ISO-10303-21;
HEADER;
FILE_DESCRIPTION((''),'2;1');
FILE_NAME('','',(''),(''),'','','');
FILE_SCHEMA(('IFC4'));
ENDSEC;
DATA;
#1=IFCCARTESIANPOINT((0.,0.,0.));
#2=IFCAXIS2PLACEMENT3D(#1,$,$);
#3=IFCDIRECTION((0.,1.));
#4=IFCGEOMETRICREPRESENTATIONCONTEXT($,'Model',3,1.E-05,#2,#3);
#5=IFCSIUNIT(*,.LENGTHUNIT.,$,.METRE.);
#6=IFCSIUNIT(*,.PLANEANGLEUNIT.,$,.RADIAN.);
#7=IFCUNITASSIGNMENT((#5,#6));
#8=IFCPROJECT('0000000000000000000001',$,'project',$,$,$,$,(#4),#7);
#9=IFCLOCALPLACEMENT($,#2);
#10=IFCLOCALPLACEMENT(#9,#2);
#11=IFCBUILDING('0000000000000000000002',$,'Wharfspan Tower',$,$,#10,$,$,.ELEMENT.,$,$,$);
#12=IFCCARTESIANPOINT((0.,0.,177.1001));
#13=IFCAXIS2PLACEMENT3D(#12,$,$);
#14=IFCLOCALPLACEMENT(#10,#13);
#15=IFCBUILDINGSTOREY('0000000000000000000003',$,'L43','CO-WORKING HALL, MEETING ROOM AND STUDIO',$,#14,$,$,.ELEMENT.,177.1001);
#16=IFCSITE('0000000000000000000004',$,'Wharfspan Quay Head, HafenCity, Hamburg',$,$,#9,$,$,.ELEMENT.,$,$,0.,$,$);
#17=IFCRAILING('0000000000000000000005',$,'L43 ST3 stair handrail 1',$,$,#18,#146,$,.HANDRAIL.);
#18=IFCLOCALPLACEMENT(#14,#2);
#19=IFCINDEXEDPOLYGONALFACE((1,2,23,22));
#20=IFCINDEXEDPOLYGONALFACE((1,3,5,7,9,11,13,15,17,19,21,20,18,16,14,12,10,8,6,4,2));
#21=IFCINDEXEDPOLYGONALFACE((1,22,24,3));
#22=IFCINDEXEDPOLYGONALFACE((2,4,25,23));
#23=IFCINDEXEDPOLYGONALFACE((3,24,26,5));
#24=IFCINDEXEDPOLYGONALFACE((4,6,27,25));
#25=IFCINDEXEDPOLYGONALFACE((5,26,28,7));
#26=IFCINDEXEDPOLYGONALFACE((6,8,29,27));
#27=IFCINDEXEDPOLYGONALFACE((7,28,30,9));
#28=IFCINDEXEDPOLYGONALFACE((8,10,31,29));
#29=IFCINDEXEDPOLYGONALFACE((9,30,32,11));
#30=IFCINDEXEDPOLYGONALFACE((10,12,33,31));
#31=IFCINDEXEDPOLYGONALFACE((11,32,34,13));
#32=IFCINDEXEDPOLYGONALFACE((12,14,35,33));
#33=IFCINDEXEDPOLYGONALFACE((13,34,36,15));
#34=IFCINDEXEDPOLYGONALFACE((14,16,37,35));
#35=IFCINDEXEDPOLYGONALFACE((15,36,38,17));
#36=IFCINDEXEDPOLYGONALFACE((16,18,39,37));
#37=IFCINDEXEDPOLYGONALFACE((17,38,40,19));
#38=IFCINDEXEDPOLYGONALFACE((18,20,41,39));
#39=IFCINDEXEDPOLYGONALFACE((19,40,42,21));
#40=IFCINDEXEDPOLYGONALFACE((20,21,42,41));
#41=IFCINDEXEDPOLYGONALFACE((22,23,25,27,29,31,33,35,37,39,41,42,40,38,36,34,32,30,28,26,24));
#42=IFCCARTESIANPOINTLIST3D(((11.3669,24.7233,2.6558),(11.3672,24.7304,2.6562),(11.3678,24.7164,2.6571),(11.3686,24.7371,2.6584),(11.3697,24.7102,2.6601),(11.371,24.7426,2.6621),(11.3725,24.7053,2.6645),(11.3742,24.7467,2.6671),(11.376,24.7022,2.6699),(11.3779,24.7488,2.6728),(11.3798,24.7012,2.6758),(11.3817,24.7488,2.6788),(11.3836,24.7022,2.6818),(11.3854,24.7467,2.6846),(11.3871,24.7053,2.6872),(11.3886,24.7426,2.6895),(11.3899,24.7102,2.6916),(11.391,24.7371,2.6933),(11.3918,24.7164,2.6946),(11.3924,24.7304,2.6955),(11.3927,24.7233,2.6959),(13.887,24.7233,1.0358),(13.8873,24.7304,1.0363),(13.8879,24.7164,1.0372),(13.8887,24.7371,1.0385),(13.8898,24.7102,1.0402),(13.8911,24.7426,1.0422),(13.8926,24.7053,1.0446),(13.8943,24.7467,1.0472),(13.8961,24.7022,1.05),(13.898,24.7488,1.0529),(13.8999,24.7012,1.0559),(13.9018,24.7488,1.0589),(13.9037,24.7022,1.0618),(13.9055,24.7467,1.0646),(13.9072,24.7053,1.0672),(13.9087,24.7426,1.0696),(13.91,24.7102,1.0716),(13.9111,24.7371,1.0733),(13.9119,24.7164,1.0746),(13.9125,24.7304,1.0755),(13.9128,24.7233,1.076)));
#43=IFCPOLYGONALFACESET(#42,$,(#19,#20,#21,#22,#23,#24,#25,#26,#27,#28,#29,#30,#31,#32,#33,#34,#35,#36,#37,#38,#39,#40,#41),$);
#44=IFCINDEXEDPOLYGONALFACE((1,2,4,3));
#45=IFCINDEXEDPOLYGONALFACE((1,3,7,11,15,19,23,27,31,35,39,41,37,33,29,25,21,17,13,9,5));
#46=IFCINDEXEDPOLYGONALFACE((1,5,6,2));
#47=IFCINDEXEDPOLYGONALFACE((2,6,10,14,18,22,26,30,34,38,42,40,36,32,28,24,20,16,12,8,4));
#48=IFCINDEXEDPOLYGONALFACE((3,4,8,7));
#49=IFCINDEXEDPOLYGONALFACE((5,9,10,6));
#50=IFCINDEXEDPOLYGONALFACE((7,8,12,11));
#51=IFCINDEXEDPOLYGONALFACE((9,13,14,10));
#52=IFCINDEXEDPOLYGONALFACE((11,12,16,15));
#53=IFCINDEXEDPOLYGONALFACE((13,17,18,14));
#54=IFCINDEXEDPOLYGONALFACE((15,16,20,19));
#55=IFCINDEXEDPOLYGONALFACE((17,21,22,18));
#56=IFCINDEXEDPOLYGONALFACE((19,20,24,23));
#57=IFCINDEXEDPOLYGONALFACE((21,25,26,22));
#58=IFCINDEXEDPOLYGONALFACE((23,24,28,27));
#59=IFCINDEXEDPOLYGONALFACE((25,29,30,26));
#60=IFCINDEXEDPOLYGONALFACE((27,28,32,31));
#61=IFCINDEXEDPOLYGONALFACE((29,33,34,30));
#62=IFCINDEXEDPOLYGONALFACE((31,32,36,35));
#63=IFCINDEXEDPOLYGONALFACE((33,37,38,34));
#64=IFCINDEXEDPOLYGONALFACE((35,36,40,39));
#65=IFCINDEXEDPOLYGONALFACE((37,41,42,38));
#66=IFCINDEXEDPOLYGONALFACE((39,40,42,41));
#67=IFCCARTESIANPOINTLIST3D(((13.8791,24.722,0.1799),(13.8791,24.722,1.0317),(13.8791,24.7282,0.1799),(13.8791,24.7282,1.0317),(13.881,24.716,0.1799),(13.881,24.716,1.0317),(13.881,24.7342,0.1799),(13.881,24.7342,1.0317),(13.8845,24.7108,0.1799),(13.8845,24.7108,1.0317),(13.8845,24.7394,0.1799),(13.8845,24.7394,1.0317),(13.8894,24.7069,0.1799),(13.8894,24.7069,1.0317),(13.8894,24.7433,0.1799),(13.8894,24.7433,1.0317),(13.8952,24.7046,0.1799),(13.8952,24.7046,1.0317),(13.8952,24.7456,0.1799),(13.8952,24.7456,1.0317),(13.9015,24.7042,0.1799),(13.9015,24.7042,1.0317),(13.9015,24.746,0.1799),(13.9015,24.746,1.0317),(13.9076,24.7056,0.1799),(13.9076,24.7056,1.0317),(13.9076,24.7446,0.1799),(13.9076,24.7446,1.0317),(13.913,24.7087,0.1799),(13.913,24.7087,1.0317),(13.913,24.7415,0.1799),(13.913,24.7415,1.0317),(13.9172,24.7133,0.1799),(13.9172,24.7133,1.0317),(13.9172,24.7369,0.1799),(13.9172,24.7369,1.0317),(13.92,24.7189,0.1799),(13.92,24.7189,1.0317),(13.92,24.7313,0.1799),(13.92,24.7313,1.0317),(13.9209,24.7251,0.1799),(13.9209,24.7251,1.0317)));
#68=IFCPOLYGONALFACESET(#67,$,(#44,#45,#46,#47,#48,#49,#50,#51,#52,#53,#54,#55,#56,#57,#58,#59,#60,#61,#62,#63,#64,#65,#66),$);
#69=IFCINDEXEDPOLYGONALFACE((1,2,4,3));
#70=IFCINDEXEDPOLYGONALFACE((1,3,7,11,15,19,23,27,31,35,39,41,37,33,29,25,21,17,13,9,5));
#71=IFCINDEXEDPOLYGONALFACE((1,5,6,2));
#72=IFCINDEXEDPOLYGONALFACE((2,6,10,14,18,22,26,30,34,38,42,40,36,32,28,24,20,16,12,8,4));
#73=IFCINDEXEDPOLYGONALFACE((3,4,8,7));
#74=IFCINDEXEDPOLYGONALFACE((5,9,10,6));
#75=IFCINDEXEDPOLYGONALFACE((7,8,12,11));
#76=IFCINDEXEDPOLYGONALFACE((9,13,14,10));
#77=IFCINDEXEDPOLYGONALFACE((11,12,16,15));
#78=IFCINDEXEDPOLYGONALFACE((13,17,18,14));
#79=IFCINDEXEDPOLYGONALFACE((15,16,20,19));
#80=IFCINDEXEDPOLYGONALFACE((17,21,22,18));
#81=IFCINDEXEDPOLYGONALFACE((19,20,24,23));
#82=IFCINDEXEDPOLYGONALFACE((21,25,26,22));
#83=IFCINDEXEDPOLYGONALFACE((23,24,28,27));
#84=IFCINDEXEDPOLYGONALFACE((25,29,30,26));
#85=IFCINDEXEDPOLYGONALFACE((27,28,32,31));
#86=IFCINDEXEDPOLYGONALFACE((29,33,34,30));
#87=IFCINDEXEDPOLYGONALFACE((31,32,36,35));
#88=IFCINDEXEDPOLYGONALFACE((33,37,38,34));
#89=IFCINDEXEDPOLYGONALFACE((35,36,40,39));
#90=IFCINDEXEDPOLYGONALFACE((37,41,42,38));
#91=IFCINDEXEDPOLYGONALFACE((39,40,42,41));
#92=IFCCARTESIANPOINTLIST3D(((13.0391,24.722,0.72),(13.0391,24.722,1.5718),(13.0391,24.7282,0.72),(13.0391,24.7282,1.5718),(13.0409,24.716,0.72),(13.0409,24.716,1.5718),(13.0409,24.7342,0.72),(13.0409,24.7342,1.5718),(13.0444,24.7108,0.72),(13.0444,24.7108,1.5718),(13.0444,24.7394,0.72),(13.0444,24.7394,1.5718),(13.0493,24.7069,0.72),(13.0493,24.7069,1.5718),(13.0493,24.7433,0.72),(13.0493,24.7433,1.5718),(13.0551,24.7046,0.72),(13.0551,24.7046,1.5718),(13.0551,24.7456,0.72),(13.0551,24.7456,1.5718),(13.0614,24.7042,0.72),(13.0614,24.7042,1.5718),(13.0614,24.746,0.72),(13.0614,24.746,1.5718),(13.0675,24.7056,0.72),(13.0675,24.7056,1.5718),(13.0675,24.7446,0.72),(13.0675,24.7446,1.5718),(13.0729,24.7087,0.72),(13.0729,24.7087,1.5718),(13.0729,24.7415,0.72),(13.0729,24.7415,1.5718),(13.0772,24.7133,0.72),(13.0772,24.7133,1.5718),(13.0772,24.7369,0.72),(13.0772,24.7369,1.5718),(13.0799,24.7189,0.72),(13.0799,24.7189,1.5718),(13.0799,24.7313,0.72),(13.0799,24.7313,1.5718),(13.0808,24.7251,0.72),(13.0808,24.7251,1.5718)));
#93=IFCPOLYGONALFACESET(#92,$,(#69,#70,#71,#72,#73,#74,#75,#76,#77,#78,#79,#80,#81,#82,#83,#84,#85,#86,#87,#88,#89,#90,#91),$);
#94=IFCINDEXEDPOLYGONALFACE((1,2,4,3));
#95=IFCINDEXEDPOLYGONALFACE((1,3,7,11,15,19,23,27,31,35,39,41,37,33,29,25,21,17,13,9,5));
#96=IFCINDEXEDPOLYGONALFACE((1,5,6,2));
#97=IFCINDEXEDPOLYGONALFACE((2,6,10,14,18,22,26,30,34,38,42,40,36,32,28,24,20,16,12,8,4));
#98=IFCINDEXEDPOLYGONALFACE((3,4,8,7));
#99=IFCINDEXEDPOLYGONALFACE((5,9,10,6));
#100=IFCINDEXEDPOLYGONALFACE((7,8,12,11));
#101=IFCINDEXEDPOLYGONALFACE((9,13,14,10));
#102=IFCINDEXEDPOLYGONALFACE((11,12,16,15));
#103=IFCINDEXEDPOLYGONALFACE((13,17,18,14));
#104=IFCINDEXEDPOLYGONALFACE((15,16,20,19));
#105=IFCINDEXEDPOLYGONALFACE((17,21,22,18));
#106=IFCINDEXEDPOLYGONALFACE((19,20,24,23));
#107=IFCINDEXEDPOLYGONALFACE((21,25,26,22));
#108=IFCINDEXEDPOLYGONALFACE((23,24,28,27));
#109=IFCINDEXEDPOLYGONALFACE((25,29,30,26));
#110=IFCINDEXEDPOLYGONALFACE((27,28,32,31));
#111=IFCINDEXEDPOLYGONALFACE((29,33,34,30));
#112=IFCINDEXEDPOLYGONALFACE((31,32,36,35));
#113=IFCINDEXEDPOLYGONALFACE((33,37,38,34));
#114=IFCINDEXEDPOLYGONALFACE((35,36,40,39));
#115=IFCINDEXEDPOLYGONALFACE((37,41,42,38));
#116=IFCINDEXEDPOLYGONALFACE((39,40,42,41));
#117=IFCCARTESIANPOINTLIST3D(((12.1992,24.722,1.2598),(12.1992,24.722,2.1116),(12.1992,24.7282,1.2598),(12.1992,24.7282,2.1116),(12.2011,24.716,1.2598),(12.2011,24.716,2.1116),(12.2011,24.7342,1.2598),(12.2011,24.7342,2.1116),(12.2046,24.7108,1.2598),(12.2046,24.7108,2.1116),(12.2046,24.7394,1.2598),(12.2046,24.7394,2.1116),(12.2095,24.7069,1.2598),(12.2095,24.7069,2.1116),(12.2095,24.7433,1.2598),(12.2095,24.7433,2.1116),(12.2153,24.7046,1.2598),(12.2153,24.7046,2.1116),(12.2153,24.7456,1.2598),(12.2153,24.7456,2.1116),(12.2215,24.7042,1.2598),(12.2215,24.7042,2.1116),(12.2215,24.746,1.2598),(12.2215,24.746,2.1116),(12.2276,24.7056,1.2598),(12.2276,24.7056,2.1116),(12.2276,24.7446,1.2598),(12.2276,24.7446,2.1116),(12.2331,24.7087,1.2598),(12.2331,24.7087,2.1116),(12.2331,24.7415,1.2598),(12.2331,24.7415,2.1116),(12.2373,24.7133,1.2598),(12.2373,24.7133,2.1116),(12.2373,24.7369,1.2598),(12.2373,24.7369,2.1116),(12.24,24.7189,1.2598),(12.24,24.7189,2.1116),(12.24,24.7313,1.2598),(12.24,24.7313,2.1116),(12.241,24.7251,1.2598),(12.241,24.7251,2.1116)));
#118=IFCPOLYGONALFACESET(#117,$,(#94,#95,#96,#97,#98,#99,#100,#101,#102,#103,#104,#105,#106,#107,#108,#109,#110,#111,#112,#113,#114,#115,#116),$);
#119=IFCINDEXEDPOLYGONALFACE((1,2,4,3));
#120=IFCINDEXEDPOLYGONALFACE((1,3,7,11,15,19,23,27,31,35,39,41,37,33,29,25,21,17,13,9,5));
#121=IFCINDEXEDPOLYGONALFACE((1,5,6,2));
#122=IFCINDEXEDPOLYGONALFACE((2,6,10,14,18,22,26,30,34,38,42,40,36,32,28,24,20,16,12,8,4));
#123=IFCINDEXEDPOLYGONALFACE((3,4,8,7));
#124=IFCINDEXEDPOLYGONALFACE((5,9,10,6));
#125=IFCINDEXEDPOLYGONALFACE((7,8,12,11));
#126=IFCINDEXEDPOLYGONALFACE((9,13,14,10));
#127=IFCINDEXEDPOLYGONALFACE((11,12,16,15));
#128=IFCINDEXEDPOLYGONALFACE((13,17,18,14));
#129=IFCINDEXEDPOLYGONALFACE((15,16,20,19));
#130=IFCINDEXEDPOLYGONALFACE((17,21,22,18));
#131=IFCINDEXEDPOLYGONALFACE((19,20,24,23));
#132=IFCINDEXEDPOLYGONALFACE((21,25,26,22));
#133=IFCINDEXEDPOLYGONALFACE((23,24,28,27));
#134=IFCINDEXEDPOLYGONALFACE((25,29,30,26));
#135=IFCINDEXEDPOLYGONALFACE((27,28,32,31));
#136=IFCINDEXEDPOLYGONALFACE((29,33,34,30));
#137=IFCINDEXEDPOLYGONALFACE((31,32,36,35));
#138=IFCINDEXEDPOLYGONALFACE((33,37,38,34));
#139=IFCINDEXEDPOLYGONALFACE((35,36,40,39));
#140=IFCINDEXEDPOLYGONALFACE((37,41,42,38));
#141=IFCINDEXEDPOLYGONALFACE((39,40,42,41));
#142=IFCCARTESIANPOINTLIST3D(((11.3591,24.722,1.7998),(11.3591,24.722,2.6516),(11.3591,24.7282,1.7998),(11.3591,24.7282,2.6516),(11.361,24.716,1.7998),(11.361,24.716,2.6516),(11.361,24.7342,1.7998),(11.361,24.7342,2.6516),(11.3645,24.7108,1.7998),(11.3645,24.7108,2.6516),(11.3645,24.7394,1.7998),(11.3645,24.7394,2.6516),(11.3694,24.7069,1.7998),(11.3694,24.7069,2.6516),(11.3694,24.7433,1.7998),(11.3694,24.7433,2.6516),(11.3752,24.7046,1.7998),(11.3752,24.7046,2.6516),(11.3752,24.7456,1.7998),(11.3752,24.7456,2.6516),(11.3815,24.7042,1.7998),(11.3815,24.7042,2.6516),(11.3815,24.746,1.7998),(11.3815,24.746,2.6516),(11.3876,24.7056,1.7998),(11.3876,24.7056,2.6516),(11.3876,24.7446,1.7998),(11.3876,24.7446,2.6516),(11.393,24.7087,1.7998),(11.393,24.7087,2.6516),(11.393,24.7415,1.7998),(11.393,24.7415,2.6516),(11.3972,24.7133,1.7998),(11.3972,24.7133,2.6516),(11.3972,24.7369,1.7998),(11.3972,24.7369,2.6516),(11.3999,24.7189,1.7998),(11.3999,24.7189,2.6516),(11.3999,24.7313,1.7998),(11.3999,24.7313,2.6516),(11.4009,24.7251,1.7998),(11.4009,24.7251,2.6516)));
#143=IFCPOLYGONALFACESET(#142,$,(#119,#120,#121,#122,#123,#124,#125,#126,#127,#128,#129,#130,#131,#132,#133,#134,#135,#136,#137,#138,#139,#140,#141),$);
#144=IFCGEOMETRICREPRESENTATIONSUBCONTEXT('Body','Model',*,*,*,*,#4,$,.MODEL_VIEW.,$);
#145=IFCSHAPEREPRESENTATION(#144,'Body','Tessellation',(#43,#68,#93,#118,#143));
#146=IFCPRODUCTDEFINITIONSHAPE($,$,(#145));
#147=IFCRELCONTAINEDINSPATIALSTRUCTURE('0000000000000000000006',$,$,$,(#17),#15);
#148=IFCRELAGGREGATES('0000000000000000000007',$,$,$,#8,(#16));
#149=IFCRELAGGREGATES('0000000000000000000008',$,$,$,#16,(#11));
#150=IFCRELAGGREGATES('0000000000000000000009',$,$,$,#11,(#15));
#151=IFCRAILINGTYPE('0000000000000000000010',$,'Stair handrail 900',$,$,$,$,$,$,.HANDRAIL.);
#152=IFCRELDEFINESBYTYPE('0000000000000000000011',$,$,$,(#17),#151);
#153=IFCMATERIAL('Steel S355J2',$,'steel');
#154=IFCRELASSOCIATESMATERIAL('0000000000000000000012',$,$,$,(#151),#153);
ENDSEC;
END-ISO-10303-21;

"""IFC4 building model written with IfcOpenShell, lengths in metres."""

from ifc_helpers import new_model, si_unit, direction, frame, origin, origin_2d, place, context, subcontext, project, spatial, circle, extrude, material, type_object, element, save


model = new_model("IFC4")

# Units and contexts
model_context = context("Model", 3, precision=1e-05, world=origin(), true_north=direction((0.0, 1.0)))
body_context = subcontext(model_context, "Body", "Model", "MODEL_VIEW")
ifc_project = project(units=[si_unit("LENGTHUNIT", "METRE"), si_unit("PLANEANGLEUNIT", "RADIAN")], contexts=[model_context])

# Site, building, storey
site_placement = place(None, origin())
site = spatial("IfcSite", under=ifc_project, at=site_placement, Name="Wharfspan Quay Head, HafenCity, Hamburg", CompositionType="ELEMENT", RefElevation=0.0)
building_placement = place(site_placement, origin())
building = spatial("IfcBuilding", under=site, at=building_placement, Name="Wharfspan Tower", CompositionType="ELEMENT")
storey_placement = place(building_placement, frame((0.0, 0.0, 177.1001)))
storey = spatial("IfcBuildingStorey", under=building, at=storey_placement, Name="L43", Description="CO-WORKING HALL, MEETING ROOM AND STUDIO", CompositionType="ELEMENT", Elevation=177.1001)

# Shared definitions
ifc_material_1 = material(Name="Steel S355J2", Category="steel")

# Railing
railing_type_1 = type_object("IfcRailingType", Name="Stair handrail 900", PredefinedType="HANDRAIL", material=ifc_material_1)
railing_1_placement = place(storey_placement, frame((13.8999, 24.7251, 0.1799)))
element("IfcRailing", 1, at=railing_1_placement, inside=storey, type_object=railing_type_1, Name="L43 ST3 stair handrail 1", PredefinedType="HANDRAIL", context=body_context, shape_type="SweptSolid", body=[
    extrude(circle(Radius=0.0239, at=origin_2d()), frame((0.0, 0.0, 0.876), z_axis=(-0.8412, 0.0, 0.540725), x_axis=(0.0, -1.0, 0.0)), (0.0, 0.0, 1.0), 2.9958),
    extrude(circle(Radius=0.021, at=origin_2d()), origin(), (0.0, 0.0, 1.0), 0.8518),
    extrude(circle(Radius=0.021, at=origin_2d()), frame((-0.8401, 0.0, 0.54)), (0.0, 0.0, 1.0), 0.8518),
    extrude(circle(Radius=0.021, at=origin_2d()), frame((-1.6799, 0.0, 1.0798)), (0.0, 0.0, 1.0), 0.8518),
    extrude(circle(Radius=0.021, at=origin_2d()), frame((-2.52, 0.0, 1.6199)), (0.0, 0.0, 1.0), 0.8518),
])

save(model, "model.ifc")
